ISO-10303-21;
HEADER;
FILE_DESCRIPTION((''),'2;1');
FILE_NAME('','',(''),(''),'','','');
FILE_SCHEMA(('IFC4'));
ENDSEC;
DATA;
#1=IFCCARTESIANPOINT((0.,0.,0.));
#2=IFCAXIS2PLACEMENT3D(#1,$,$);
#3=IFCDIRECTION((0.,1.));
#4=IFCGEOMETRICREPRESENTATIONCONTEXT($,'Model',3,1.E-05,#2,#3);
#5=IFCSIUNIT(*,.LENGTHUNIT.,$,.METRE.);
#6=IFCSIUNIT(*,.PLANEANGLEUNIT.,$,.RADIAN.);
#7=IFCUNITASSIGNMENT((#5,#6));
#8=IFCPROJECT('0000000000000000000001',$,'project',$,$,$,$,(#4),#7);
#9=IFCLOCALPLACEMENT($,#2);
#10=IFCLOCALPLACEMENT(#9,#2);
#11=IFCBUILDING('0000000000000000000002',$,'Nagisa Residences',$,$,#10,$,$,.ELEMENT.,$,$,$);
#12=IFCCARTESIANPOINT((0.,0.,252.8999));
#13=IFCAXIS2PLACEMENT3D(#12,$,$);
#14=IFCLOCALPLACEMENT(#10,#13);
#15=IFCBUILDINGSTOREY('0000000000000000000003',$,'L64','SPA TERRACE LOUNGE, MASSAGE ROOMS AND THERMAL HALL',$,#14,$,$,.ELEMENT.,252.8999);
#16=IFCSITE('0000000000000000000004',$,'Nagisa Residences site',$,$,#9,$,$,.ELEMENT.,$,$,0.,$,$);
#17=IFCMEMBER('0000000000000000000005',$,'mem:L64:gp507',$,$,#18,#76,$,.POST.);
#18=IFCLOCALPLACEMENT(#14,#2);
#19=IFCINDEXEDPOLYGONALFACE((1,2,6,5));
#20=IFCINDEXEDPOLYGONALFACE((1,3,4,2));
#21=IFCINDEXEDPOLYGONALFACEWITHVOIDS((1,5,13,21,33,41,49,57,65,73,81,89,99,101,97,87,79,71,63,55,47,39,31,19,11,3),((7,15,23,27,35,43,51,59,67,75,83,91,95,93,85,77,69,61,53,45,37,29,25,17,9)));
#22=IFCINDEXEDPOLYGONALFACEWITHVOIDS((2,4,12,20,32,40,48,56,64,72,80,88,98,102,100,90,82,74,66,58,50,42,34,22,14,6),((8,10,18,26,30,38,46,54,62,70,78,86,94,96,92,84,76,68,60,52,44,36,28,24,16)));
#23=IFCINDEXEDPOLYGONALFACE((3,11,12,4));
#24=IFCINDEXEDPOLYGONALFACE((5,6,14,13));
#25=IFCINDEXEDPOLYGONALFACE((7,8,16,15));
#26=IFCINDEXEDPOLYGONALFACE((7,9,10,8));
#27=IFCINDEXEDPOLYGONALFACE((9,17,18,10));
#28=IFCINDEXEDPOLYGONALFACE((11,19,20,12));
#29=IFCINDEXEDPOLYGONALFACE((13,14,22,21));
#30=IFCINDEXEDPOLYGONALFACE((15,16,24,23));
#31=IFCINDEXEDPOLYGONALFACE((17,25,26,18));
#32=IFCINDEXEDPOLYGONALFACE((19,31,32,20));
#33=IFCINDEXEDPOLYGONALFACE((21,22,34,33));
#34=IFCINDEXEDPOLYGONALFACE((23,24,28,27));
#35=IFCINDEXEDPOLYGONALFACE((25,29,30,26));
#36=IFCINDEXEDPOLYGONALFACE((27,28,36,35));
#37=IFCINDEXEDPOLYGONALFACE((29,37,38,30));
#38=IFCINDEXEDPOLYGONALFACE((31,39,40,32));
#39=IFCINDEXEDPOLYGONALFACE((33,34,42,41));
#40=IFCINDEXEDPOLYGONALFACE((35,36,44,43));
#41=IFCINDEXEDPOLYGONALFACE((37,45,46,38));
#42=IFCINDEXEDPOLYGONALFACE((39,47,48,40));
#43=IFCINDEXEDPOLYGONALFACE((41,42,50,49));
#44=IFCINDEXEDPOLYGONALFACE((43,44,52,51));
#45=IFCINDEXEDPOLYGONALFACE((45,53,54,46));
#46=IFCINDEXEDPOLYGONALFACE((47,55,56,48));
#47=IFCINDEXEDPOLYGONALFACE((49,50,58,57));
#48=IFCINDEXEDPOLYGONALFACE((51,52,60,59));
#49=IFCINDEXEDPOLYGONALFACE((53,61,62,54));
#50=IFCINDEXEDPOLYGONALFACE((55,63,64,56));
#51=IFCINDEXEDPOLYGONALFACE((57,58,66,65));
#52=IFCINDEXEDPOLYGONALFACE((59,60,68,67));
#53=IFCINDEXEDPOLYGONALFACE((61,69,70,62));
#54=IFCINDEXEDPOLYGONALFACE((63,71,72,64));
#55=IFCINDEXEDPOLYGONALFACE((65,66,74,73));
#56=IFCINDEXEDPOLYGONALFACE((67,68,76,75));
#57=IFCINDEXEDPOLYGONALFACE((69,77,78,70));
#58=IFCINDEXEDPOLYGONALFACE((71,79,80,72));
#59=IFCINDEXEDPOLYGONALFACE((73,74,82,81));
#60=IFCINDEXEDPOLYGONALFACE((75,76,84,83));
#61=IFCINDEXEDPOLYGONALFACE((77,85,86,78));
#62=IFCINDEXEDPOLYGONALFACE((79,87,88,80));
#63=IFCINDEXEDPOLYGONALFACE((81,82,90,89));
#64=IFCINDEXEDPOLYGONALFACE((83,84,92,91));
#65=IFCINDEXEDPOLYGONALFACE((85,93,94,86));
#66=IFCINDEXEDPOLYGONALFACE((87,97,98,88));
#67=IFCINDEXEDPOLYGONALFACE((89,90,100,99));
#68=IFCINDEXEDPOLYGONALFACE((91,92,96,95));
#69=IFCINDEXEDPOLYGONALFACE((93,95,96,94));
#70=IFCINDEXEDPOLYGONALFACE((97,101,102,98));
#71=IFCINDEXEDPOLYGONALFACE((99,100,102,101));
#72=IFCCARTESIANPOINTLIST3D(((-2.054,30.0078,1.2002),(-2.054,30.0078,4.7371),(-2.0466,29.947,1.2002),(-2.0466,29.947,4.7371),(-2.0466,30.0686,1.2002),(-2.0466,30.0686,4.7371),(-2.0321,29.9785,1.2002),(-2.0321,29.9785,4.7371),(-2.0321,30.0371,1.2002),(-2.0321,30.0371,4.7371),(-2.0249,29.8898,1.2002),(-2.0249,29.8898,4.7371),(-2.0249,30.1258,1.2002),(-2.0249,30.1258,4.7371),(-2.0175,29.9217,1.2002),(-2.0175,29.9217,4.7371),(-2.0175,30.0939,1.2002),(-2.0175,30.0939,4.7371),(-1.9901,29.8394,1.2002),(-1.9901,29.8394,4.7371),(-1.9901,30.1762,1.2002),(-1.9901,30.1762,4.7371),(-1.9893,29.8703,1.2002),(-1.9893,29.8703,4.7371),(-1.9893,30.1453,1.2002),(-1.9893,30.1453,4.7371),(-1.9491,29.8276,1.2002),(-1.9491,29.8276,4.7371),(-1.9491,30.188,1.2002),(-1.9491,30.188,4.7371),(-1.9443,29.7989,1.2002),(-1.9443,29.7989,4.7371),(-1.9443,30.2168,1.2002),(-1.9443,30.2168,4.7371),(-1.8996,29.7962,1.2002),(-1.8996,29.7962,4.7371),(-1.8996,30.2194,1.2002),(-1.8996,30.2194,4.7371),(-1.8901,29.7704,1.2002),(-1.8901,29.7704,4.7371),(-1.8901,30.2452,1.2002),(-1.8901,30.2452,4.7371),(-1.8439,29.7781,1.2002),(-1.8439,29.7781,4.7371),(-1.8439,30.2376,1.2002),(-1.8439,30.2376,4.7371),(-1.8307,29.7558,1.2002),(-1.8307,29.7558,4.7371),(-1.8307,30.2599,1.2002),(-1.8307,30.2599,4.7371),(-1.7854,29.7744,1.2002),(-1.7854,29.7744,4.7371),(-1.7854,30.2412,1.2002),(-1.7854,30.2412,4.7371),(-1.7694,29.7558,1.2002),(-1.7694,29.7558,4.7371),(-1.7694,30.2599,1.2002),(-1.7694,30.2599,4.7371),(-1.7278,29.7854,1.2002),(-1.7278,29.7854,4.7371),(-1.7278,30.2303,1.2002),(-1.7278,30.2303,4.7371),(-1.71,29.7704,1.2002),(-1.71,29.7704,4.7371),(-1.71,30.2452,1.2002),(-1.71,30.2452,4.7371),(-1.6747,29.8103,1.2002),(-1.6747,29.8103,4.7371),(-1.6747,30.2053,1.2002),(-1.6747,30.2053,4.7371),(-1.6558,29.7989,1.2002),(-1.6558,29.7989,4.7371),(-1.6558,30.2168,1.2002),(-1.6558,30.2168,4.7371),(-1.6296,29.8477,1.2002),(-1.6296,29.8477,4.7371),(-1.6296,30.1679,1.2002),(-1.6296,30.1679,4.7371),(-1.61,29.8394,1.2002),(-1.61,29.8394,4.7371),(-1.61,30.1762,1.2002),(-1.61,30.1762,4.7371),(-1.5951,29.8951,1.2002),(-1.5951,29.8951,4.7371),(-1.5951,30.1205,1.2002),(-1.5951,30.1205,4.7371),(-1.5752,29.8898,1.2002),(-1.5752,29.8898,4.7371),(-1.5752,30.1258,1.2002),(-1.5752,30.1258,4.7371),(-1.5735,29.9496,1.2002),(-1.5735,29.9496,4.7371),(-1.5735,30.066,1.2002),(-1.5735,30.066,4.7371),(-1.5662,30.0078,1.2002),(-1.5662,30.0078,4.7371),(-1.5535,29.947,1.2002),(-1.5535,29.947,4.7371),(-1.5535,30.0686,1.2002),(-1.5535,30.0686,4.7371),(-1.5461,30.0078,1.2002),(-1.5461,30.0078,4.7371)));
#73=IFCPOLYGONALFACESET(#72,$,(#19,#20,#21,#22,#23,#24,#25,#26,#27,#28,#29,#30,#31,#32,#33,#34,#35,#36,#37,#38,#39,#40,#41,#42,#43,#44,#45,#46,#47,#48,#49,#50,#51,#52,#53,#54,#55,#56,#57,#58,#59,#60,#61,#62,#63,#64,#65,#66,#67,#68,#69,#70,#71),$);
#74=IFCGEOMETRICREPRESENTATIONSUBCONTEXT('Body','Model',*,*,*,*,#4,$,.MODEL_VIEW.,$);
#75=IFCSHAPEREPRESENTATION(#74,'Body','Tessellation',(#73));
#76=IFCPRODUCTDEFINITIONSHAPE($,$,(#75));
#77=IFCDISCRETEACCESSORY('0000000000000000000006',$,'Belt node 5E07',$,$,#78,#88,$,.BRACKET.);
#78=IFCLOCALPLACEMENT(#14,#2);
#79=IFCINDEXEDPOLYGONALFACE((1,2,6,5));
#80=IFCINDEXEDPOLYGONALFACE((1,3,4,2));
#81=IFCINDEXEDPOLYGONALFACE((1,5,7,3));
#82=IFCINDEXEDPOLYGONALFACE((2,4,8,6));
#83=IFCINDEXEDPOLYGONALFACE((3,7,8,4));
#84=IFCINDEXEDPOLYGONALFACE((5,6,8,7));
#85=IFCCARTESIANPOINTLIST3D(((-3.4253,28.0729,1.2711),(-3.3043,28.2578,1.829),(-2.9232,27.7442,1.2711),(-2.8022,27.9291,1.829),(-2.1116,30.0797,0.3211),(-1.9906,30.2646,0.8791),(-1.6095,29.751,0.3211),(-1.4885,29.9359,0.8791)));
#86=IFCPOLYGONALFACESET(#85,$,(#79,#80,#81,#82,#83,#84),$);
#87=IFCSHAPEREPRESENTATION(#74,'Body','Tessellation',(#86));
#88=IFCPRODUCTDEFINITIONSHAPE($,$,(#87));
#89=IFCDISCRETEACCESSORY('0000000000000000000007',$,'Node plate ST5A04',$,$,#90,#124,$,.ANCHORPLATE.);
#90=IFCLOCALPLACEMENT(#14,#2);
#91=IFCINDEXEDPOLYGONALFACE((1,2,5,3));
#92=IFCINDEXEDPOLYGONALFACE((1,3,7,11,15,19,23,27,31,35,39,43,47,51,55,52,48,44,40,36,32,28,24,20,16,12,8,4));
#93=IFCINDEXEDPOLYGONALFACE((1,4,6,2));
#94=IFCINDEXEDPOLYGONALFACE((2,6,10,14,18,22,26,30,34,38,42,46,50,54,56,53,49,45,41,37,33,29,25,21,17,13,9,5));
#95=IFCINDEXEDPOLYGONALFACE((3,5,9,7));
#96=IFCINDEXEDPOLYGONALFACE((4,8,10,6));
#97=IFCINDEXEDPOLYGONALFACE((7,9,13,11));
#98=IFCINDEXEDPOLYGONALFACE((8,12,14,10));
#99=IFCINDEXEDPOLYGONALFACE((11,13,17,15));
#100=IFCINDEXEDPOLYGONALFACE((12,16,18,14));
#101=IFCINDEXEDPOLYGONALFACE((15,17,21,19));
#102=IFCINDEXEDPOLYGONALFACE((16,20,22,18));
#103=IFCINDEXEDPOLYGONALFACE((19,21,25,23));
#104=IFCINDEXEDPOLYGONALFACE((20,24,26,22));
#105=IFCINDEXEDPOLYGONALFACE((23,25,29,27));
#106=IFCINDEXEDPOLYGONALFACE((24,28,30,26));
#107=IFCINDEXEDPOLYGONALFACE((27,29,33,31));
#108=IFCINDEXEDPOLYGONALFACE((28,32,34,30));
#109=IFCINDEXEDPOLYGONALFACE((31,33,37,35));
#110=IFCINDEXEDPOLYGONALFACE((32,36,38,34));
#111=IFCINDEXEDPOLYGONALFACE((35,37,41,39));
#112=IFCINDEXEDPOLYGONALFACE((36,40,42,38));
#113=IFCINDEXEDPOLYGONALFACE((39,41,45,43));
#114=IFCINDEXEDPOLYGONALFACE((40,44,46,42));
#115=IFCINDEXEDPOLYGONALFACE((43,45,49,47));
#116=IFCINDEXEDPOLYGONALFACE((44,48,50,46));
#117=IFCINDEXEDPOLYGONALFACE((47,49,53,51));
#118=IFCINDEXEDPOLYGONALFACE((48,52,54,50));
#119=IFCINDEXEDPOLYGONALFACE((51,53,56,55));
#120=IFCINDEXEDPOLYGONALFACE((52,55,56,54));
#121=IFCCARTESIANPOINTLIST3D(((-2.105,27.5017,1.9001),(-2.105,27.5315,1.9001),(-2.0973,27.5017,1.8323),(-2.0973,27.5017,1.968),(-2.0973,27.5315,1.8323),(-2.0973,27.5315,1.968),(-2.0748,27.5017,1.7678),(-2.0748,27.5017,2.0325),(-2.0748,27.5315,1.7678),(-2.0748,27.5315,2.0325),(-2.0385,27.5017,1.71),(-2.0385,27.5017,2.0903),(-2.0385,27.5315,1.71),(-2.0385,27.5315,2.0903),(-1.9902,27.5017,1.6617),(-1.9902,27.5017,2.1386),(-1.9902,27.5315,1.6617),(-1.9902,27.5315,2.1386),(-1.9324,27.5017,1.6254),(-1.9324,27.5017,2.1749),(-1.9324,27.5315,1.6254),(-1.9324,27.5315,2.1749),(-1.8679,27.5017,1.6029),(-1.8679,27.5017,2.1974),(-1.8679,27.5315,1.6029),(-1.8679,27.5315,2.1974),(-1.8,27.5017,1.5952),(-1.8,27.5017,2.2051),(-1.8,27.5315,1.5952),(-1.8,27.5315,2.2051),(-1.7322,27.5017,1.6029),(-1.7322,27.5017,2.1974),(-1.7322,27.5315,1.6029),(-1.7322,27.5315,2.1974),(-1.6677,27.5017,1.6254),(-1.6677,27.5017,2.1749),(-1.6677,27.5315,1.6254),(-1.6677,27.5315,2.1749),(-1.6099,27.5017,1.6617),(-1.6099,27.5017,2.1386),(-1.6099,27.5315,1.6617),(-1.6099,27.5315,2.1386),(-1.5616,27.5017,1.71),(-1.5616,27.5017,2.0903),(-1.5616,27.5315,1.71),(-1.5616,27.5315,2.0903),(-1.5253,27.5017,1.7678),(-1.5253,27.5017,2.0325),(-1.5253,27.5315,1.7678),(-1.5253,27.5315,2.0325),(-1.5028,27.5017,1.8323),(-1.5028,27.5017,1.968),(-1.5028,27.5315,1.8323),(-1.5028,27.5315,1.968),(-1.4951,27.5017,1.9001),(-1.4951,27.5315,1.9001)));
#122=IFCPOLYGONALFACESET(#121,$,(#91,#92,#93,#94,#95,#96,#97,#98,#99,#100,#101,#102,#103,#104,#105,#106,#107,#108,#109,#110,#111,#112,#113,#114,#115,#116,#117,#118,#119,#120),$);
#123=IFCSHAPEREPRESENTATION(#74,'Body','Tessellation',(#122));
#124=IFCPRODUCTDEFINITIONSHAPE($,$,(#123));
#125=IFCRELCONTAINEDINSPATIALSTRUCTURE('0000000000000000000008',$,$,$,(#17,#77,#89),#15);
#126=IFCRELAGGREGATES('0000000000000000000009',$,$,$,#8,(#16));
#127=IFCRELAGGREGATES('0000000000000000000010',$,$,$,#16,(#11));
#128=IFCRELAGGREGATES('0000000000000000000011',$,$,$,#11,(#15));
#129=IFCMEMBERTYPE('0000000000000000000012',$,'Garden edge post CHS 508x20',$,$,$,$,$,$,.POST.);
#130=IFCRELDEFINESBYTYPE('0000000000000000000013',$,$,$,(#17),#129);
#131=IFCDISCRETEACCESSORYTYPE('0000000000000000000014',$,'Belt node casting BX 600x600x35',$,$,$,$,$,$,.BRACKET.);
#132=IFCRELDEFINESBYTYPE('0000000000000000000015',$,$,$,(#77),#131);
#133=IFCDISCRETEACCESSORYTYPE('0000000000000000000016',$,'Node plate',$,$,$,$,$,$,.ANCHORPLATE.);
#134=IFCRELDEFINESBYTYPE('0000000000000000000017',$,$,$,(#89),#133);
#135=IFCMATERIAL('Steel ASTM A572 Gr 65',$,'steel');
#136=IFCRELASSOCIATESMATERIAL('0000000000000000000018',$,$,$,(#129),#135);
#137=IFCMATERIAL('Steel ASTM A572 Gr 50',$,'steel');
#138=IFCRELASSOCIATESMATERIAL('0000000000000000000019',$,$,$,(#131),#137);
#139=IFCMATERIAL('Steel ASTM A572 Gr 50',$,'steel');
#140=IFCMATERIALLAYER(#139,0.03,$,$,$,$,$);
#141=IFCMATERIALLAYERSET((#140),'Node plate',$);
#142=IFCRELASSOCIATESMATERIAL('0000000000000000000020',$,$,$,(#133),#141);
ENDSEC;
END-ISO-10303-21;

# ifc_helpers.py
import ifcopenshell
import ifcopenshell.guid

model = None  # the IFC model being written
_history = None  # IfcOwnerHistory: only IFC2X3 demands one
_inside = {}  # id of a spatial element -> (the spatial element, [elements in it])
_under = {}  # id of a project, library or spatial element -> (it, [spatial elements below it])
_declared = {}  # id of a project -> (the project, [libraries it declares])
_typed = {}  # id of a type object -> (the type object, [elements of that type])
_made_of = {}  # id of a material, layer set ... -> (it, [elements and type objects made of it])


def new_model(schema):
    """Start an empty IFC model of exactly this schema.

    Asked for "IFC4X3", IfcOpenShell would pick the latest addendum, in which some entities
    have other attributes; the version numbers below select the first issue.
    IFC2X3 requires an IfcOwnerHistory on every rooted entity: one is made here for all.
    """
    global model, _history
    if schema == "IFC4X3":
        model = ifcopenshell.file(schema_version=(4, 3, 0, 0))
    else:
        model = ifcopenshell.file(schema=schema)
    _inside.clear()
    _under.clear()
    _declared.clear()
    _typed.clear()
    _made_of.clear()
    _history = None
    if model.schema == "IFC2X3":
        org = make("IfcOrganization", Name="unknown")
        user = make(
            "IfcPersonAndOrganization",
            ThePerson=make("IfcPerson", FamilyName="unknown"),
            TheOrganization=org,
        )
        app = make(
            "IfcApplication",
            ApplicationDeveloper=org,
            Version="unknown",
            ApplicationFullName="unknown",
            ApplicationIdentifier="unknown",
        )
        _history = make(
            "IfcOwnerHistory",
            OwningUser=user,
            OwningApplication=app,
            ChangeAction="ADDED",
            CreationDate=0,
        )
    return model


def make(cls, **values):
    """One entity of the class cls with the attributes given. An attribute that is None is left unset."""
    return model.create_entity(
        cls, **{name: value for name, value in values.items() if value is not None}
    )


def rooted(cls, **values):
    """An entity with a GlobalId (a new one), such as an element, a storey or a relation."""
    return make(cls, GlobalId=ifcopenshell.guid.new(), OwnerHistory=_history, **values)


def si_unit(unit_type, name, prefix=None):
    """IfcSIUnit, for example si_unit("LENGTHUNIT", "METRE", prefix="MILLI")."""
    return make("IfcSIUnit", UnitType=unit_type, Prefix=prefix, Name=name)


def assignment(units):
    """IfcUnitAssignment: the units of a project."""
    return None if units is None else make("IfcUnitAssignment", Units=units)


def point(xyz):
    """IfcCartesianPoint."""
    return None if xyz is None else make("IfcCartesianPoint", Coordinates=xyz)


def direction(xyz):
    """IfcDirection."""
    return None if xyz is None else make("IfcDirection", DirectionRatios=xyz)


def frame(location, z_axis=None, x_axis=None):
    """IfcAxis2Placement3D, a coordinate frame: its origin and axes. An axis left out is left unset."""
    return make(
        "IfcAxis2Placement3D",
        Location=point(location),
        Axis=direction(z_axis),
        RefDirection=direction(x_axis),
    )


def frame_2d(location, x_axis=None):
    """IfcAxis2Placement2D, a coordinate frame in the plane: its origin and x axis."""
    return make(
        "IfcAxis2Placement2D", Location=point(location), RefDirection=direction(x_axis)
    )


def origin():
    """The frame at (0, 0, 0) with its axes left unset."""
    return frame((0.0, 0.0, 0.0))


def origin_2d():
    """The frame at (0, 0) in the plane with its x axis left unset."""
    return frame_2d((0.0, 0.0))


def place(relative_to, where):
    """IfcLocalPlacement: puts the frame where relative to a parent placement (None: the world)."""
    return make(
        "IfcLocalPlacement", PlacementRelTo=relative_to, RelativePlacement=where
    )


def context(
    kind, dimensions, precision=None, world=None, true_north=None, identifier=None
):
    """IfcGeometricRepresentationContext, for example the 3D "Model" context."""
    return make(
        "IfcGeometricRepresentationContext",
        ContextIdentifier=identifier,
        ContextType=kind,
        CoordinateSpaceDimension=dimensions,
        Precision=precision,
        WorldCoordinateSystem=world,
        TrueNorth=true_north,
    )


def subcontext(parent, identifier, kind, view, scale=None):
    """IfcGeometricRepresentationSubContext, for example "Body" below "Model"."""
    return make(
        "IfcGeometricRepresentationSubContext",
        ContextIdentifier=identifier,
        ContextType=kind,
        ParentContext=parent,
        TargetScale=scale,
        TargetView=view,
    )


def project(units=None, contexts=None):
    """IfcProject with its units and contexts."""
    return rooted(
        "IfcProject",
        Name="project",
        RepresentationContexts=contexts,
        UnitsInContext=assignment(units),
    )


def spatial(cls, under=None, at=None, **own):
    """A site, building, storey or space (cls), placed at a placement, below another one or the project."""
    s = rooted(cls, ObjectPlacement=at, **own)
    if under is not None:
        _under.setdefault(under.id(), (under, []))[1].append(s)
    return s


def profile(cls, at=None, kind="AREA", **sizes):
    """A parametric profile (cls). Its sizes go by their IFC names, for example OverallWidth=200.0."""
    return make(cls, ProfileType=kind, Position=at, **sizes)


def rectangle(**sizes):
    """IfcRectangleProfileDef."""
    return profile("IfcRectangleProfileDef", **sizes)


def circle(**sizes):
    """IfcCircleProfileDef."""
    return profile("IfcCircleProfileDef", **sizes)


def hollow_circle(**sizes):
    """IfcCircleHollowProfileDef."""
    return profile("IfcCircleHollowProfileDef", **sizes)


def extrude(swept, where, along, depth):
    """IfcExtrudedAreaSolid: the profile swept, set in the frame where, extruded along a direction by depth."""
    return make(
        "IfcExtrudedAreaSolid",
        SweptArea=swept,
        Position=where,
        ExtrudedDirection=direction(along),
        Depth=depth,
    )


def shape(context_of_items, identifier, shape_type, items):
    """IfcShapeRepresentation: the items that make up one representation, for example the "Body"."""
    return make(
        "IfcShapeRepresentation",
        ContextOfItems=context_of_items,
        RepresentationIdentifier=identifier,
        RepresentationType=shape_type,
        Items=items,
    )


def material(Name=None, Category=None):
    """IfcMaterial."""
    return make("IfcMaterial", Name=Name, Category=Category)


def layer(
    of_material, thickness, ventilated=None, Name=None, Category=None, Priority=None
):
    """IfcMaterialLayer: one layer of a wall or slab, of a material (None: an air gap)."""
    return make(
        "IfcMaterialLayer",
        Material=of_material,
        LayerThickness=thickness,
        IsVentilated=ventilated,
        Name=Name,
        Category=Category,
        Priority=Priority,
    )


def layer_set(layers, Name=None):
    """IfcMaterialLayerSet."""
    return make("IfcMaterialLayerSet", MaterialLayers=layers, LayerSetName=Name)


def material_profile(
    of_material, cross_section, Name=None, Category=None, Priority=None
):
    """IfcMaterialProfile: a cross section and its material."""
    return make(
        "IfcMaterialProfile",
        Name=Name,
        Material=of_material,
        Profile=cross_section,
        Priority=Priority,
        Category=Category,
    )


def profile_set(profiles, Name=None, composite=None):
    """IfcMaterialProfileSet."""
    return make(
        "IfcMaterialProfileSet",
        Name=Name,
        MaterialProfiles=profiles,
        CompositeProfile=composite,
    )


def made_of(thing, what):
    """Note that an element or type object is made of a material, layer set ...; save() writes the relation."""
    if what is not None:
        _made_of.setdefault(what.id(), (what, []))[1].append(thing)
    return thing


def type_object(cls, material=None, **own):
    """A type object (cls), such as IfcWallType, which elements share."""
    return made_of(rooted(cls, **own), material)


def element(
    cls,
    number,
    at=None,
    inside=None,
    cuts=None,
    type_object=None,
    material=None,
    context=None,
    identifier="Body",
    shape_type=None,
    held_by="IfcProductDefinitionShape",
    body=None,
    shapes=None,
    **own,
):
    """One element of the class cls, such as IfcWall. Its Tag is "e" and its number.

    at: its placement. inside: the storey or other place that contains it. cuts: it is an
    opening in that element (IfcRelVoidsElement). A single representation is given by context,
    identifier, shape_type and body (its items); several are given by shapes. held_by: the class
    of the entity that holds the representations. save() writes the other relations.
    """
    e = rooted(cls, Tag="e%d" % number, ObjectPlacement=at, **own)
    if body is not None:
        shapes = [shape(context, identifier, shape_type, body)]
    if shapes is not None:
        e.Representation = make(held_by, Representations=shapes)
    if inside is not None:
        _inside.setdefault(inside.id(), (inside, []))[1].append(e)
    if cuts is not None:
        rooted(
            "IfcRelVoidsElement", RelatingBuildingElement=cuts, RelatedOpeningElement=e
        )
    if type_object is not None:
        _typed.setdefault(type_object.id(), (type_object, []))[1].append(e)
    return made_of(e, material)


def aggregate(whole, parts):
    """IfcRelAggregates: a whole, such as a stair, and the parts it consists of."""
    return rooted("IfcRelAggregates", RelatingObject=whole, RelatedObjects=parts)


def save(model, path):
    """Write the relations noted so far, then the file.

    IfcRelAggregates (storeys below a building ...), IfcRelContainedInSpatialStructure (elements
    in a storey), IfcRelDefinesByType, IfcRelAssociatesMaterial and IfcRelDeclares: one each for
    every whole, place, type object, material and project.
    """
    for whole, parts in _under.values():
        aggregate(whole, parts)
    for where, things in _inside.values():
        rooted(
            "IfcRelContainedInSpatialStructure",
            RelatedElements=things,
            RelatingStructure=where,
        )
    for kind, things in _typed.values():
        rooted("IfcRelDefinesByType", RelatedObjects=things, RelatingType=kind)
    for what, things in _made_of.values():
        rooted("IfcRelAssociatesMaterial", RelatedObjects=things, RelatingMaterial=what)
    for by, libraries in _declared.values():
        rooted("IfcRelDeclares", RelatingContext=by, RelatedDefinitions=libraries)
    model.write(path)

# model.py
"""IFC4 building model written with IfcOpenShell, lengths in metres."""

from ifc_helpers import new_model, si_unit, direction, frame, origin, origin_2d, place, context, subcontext, project, spatial, rectangle, circle, hollow_circle, extrude, material, layer, layer_set, material_profile, profile_set, type_object, element, save


model = new_model("IFC4")

# Units and contexts
model_context = context("Model", 3, precision=1e-05, world=origin(), true_north=direction((0.0, 1.0)))
body_context = subcontext(model_context, "Body", "Model", "MODEL_VIEW")
ifc_project = project(units=[si_unit("LENGTHUNIT", "METRE"), si_unit("PLANEANGLEUNIT", "RADIAN")], contexts=[model_context])

# Site, building, storey
site_placement = place(None, origin())
site = spatial("IfcSite", under=ifc_project, at=site_placement, Name="Nagisa Residences site", CompositionType="ELEMENT", RefElevation=0.0)
building_placement = place(site_placement, origin())
building = spatial("IfcBuilding", under=site, at=building_placement, Name="Nagisa Residences", CompositionType="ELEMENT")
storey_placement = place(building_placement, frame((0.0, 0.0, 252.8999)))
storey = spatial("IfcBuildingStorey", under=building, at=storey_placement, Name="L64", Description="SPA TERRACE LOUNGE, MASSAGE ROOMS AND THERMAL HALL", CompositionType="ELEMENT", Elevation=252.8999)

# Member
ifc_material_1 = material(Name="Steel ASTM A572 Gr 65", Category="steel")
ifc_material_profile_1 = material_profile(ifc_material_1, hollow_circle(Radius=0.2539, WallThickness=0.02, at=origin_2d()), Name="CHS 508x20")
ifc_profile_set_1 = profile_set([ifc_material_profile_1], Name="Steel ASTM A572 Gr 65")
member_type_1 = type_object("IfcMemberType", Name="Garden edge post CHS 508x20", PredefinedType="POST", material=ifc_profile_set_1)
for number, where, z_axis, x_axis, name in (
    (1, (-1.8, 30.0078, 1.2002), (0.0, 0.0, 1.0), (1.0, 0.0, 0.0), "mem:L64:gp507"),
):
    element("IfcMember", number, at=place(storey_placement, frame(where, z_axis=z_axis, x_axis=x_axis)), inside=storey, type_object=member_type_1, Name=name, PredefinedType="POST", context=body_context, shape_type="SweptSolid", body=[
        extrude(hollow_circle(Radius=0.2539, WallThickness=0.02, at=origin_2d()), origin(), (0.0, 0.0, 1.0), 3.5369),
    ])

# Discrete accessories
ifc_material_2 = material(Name="Steel ASTM A572 Gr 50", Category="steel")
discrete_accessory_type_1 = type_object("IfcDiscreteAccessoryType", Name="Belt node casting BX 600x600x35", PredefinedType="BRACKET", material=ifc_material_2)
discrete_accessory_1_placement = place(storey_placement, frame((-1.8, 30.0078, 0.6001), z_axis=(-0.509222, -0.777887, 0.368219), x_axis=(0.836672, -0.547705, 0.0)))
element("IfcDiscreteAccessory", 2, at=discrete_accessory_1_placement, inside=storey, type_object=discrete_accessory_type_1, Name="Belt node 5E07", PredefinedType="BRACKET", context=body_context, shape_type="SweptSolid", body=[
    extrude(rectangle(XDim=0.6001, YDim=0.6001, at=origin_2d()), origin(), (0.0, 0.0, 1.0), 2.5798),
])
ifc_material_3 = material(Name="Steel ASTM A572 Gr 50", Category="steel")
ifc_layer = layer(ifc_material_3, 0.03)
ifc_layer_set = layer_set([ifc_layer], Name="Node plate")
discrete_accessory_type_2 = type_object("IfcDiscreteAccessoryType", Name="Node plate", PredefinedType="ANCHORPLATE", material=ifc_layer_set)
discrete_accessory_2_placement = place(storey_placement, frame((-1.8, 27.5315, 1.9001), z_axis=(0.0, -1.0, 0.0), x_axis=(1.0, 0.0, 0.0)))
element("IfcDiscreteAccessory", 3, at=discrete_accessory_2_placement, inside=storey, type_object=discrete_accessory_type_2, Name="Node plate ST5A04", PredefinedType="ANCHORPLATE", context=body_context, shape_type="SweptSolid", body=[
    extrude(circle(Radius=0.3049, at=origin_2d()), origin(), (0.0, 0.0, 1.0), 0.0298),
])

save(model, "model.ifc")
